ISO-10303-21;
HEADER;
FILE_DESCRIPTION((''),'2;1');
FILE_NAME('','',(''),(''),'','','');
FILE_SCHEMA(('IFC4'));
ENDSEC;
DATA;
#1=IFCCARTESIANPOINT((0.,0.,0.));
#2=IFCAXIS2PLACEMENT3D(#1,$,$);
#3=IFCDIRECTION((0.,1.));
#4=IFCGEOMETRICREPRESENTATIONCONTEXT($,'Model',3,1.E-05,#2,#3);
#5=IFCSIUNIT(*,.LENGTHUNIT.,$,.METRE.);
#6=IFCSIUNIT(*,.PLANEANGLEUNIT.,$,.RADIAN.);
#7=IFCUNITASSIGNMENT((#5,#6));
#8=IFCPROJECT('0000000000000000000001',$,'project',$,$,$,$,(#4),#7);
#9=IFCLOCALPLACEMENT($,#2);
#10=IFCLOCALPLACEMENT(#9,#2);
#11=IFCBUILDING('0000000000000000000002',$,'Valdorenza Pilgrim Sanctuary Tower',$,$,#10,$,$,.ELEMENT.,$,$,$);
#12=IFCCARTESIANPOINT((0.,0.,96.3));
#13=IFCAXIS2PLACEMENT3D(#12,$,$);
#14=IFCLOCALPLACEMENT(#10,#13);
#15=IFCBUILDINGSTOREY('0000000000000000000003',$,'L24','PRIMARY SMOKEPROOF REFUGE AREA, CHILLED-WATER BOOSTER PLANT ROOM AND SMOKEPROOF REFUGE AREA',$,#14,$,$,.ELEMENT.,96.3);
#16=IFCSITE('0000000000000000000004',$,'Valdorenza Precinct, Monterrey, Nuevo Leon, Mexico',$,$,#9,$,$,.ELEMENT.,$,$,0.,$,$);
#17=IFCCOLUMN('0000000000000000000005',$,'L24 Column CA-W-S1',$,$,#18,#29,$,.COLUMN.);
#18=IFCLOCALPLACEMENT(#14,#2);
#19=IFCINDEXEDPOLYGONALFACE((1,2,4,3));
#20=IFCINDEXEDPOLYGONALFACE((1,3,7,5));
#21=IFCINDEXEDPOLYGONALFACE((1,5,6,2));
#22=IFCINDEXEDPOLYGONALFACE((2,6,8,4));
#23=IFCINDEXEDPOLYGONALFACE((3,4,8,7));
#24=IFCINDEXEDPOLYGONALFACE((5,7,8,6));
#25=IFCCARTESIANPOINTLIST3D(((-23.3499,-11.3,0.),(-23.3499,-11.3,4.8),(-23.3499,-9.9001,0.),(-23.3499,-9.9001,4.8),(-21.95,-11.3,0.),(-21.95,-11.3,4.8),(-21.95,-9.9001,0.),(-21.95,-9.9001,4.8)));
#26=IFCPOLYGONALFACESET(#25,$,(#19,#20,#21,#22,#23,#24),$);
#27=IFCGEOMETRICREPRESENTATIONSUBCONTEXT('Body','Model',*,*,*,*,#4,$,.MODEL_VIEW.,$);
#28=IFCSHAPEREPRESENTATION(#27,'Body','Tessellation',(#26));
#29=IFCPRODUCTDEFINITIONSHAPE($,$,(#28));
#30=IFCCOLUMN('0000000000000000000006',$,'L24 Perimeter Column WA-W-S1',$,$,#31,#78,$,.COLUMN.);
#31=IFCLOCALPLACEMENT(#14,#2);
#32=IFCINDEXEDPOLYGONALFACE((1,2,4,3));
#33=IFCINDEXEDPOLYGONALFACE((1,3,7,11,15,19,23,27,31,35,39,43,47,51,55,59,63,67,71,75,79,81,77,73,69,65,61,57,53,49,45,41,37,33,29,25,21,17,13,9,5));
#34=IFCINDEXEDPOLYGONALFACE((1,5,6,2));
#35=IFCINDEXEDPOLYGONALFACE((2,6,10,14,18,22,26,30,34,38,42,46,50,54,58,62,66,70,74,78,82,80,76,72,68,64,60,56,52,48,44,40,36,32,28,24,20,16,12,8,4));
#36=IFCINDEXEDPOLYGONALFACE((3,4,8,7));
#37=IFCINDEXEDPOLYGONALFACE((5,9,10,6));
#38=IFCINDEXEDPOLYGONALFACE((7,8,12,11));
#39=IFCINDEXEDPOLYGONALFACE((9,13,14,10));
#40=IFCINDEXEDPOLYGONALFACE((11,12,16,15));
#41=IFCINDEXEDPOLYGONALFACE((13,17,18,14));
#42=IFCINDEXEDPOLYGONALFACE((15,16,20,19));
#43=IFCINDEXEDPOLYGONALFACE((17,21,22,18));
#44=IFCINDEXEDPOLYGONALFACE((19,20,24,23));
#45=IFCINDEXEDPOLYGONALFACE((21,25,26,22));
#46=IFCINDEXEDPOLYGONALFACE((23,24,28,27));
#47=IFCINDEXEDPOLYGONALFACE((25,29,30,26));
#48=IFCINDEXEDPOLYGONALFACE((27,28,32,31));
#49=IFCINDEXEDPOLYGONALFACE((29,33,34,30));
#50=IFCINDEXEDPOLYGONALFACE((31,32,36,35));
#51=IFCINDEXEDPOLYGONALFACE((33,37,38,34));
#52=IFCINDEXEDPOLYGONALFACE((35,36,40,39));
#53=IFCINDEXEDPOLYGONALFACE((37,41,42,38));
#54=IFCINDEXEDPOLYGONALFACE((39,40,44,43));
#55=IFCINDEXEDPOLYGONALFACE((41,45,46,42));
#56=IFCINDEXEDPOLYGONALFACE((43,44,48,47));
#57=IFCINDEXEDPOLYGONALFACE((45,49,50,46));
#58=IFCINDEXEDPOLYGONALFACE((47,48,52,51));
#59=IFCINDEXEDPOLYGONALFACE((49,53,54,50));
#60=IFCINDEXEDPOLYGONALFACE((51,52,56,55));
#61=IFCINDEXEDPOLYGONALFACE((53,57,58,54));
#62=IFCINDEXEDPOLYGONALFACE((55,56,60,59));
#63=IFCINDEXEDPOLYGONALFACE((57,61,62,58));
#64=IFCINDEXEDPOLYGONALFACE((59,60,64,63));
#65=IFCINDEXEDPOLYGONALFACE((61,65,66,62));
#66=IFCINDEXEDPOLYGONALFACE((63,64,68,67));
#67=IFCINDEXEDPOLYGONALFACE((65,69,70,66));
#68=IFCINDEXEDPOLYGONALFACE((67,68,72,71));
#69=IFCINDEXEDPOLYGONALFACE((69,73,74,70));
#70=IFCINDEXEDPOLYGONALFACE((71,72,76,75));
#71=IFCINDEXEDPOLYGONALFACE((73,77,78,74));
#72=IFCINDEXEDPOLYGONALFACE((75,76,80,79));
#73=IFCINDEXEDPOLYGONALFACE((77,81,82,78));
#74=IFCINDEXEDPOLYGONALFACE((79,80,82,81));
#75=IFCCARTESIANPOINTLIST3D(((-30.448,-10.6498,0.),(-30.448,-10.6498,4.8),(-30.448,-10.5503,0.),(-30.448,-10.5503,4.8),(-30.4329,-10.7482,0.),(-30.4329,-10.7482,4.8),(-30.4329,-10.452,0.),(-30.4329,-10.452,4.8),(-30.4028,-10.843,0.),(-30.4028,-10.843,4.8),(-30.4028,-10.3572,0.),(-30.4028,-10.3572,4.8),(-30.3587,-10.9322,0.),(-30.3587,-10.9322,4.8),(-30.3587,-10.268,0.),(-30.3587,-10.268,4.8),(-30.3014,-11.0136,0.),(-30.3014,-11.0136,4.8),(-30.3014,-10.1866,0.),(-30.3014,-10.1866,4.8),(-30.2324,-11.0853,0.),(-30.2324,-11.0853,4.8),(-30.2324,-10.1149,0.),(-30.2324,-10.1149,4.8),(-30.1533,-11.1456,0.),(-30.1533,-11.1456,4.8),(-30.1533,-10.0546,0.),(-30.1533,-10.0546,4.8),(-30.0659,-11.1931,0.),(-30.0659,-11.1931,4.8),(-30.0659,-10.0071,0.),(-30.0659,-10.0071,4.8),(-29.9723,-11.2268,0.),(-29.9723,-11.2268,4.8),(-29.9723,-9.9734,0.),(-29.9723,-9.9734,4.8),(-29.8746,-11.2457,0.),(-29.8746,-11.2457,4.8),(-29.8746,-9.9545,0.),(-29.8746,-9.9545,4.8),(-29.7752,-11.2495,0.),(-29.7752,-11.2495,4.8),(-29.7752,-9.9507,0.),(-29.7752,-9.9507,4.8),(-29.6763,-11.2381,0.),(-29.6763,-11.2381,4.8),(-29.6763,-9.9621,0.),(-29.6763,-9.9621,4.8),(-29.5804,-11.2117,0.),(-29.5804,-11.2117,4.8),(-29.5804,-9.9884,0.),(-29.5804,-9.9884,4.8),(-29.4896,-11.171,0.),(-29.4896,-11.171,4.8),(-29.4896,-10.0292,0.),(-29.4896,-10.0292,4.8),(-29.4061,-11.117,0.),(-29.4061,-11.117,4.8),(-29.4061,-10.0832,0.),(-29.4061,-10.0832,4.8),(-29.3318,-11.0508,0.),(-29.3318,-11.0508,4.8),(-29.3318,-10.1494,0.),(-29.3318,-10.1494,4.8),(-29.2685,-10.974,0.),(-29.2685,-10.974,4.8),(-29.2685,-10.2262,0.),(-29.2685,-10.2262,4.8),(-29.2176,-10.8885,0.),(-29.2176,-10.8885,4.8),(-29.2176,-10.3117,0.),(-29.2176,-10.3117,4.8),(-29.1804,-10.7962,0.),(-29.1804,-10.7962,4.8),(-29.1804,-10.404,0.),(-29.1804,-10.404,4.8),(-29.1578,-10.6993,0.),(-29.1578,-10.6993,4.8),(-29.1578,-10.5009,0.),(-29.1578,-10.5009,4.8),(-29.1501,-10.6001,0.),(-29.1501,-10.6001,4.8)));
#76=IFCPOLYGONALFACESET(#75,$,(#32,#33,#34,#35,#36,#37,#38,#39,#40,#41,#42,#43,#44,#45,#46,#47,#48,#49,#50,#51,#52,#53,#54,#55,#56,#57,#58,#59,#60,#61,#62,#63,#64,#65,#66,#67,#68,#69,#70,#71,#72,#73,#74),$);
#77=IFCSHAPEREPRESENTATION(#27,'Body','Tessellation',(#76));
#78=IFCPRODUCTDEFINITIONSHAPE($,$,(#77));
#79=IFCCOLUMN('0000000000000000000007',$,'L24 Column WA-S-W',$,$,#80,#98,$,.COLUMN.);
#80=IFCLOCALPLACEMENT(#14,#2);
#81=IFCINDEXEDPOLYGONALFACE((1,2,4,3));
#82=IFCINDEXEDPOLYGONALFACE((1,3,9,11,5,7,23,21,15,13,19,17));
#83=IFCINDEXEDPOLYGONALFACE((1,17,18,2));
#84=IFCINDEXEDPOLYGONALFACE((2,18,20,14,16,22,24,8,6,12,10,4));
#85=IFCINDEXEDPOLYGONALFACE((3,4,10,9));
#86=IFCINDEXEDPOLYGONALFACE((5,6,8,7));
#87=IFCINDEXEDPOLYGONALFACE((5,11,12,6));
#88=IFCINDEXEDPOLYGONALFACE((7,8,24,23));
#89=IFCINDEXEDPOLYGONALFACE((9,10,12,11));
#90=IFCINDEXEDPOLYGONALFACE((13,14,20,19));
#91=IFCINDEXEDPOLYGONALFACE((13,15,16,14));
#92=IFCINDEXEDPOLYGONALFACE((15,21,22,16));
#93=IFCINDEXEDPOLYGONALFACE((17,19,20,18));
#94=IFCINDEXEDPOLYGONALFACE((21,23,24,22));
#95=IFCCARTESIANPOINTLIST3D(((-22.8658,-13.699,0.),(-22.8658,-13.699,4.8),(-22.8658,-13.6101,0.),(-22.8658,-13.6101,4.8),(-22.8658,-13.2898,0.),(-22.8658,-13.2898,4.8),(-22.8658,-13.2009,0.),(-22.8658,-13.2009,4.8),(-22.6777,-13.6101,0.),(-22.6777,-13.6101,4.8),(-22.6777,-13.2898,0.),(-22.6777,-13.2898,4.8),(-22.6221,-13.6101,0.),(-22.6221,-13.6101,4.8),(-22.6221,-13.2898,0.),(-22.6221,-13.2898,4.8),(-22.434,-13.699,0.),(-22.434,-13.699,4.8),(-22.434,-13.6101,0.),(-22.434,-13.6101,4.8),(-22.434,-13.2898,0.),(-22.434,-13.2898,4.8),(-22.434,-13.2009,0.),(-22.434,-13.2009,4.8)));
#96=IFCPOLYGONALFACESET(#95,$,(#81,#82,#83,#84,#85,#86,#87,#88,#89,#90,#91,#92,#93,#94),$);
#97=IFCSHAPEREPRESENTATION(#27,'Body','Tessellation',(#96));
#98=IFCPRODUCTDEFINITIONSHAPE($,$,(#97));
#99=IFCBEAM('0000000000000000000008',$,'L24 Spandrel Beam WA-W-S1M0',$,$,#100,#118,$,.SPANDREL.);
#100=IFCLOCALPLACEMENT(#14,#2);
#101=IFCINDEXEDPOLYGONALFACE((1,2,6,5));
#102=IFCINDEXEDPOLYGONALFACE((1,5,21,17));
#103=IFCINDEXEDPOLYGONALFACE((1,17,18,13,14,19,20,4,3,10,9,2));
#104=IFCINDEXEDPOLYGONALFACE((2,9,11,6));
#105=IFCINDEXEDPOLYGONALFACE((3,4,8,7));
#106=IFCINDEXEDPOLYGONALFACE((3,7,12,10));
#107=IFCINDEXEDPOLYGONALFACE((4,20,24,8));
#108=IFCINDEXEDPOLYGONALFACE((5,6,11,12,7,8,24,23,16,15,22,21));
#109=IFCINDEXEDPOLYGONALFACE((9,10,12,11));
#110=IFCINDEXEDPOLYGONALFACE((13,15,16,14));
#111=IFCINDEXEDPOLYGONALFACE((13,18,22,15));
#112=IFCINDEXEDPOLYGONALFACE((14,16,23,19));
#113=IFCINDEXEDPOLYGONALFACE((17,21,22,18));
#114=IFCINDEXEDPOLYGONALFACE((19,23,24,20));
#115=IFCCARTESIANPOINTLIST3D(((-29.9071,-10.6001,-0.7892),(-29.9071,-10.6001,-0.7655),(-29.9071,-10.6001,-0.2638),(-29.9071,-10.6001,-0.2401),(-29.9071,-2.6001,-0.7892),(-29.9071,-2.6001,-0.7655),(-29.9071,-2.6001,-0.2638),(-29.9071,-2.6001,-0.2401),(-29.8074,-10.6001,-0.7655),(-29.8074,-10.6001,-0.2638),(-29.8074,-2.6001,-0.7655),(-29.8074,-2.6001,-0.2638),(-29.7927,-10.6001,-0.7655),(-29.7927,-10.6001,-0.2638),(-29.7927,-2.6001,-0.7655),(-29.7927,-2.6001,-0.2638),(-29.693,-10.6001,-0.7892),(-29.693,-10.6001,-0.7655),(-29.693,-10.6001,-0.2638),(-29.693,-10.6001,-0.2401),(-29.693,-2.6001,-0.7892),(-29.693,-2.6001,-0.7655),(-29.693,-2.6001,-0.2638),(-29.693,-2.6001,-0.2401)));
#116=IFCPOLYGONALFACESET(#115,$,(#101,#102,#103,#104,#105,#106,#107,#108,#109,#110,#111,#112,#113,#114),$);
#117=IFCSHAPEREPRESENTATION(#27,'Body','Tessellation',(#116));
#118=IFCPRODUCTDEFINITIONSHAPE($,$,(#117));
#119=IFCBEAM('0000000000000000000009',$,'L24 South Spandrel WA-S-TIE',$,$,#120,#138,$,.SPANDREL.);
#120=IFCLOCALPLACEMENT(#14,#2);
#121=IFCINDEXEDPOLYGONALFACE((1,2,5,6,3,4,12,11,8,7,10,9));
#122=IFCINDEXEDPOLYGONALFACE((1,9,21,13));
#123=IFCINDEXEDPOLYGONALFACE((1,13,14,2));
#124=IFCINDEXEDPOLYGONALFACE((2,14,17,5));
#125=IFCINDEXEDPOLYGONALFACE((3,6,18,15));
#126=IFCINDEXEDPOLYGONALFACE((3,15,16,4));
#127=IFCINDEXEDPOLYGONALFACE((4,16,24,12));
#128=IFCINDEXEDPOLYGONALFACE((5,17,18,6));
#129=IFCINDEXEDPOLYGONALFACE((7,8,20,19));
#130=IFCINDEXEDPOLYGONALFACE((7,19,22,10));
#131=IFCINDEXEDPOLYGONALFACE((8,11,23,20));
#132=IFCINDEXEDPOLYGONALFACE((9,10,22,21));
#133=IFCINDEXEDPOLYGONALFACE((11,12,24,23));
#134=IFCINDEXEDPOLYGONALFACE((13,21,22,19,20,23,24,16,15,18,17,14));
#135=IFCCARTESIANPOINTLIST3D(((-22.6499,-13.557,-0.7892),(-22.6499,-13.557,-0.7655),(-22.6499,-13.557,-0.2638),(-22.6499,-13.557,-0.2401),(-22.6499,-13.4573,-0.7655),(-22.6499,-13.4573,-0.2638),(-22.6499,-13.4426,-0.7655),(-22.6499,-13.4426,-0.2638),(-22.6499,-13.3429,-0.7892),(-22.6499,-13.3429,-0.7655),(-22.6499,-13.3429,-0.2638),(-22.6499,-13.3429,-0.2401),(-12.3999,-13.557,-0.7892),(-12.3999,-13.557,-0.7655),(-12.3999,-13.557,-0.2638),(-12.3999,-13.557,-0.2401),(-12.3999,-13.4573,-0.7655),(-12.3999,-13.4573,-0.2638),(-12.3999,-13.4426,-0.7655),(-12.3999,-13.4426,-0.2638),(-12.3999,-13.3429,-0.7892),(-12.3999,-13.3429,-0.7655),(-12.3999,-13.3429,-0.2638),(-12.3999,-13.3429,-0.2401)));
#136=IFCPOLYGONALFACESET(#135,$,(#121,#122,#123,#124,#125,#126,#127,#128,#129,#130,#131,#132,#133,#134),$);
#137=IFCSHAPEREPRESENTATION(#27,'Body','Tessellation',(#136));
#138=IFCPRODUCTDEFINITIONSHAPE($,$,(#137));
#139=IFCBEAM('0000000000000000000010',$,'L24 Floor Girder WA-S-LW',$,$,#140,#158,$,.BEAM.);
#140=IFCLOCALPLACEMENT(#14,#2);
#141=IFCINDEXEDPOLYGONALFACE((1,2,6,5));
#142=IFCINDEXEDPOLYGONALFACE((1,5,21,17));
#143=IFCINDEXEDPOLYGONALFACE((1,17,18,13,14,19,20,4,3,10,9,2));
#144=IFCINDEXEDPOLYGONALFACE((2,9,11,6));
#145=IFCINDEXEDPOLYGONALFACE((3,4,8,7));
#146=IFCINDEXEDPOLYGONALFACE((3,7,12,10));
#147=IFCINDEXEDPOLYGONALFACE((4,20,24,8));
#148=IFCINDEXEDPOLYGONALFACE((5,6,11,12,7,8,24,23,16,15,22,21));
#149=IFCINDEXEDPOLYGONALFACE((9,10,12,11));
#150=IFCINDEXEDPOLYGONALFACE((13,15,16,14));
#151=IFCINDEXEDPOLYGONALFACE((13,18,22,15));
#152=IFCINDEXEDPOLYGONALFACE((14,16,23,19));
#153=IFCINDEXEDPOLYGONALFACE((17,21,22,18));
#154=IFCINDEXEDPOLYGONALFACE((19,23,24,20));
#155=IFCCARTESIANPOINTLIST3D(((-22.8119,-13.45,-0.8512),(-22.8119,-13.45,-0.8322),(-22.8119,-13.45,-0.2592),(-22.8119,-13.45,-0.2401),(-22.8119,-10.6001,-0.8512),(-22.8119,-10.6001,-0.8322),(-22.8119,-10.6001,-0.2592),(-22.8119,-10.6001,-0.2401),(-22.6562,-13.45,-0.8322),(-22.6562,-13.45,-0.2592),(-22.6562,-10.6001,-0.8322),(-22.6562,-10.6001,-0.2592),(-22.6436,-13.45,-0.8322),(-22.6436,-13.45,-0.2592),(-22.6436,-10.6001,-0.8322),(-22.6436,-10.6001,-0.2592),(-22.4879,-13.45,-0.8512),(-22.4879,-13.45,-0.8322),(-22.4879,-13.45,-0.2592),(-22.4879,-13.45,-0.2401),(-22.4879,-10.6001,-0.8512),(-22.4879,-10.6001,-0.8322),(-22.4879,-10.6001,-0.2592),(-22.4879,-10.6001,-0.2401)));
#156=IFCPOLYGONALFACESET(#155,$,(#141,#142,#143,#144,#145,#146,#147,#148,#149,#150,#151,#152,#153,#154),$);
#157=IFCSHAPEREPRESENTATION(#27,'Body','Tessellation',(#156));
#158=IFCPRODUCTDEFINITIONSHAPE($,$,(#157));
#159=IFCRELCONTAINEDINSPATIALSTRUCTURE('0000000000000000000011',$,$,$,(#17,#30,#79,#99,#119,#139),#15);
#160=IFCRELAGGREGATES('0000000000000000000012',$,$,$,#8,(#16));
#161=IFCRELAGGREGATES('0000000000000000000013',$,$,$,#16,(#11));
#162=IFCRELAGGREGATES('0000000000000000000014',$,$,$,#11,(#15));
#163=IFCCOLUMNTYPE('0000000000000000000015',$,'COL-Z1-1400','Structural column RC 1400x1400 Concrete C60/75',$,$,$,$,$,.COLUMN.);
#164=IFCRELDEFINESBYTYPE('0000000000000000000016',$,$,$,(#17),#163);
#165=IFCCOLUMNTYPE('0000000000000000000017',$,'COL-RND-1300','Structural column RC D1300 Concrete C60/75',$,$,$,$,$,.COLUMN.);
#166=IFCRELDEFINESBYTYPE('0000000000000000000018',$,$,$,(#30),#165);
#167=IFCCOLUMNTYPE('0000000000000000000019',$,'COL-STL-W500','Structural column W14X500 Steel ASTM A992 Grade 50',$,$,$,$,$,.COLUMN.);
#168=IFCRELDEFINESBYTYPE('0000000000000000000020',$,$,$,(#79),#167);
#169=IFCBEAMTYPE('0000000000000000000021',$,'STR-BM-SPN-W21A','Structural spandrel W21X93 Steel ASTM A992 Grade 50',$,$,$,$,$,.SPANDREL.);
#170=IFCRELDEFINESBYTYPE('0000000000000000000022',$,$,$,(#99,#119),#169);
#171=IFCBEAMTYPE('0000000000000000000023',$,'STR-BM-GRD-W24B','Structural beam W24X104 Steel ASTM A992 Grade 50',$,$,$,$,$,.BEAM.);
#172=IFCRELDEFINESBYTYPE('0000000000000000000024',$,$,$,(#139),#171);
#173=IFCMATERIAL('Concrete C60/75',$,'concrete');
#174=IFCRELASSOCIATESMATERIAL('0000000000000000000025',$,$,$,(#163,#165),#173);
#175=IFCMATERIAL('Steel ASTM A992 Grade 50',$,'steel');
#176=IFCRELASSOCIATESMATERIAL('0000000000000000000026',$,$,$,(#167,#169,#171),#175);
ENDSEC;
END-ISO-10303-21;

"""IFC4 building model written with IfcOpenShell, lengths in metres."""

from ifc_helpers import new_model, si_unit, direction, frame, origin, origin_2d, place, context, subcontext, project, spatial, rectangle, circle, i_section, extrude, source, transform, mapped, material, material_profile, profile_set, type_object, element, save


model = new_model("IFC4")

# Units and contexts
model_context = context("Model", 3, precision=1e-05, world=origin(), true_north=direction((0.0, 1.0)))
body_context = subcontext(model_context, "Body", "Model", "MODEL_VIEW")
ifc_project = project(units=[si_unit("LENGTHUNIT", "METRE"), si_unit("PLANEANGLEUNIT", "RADIAN")], contexts=[model_context])

# Site, building, storey
site_placement = place(None, origin())
site = spatial("IfcSite", under=ifc_project, at=site_placement, Name="Valdorenza Precinct, Monterrey, Nuevo Leon, Mexico", CompositionType="ELEMENT", RefElevation=0.0)
building_placement = place(site_placement, origin())
building = spatial("IfcBuilding", under=site, at=building_placement, Name="Valdorenza Pilgrim Sanctuary Tower", CompositionType="ELEMENT")
storey_placement = place(building_placement, frame((0.0, 0.0, 96.3)))
storey = spatial("IfcBuildingStorey", under=building, at=storey_placement, Name="L24", Description="PRIMARY SMOKEPROOF REFUGE AREA, CHILLED-WATER BOOSTER PLANT ROOM AND SMOKEPROOF REFUGE AREA", CompositionType="ELEMENT", Elevation=96.3)

# Columns
ifc_material_1 = material(Name="Concrete C60/75", Category="concrete")
ifc_material_profile_1 = material_profile(ifc_material_1, rectangle(XDim=1.3999, YDim=1.3999, at=origin_2d()), Name="RC 1400x1400")
ifc_profile_set_1 = profile_set([ifc_material_profile_1], Name="Concrete C60/75")
column_type_1 = type_object("IfcColumnType", Name="COL-Z1-1400", Description="Structural column RC 1400x1400 Concrete C60/75", PredefinedType="COLUMN", material=ifc_profile_set_1)
shared_shape_1 = source(origin(), body_context, "Body", "SweptSolid", [
    extrude(rectangle(XDim=1.3999, YDim=1.3999, at=origin_2d()), origin(), (0.0, 0.0, 1.0), 4.8),
])
column_1_placement = place(storey_placement, frame((-22.6499, -10.6001, 0.0), z_axis=(0.0, 0.0, 1.0), x_axis=(1.0, 0.0, 0.0)))
element("IfcColumn", 1, at=column_1_placement, inside=storey, type_object=column_type_1, Name="L24 Column CA-W-S1", PredefinedType="COLUMN", context=body_context, shape_type="MappedRepresentation", body=[
    mapped(shared_shape_1, transform((0.0, 0.0, 0.0), x_axis=(1.0, 0.0, 0.0), y_axis=(0.0, 1.0, 0.0), z_axis=(0.0, 0.0, 1.0), scale=1.0)),
])
ifc_material_profile_2 = material_profile(ifc_material_1, circle(Radius=0.6499, at=origin_2d()), Name="RC D1300")
ifc_profile_set_2 = profile_set([ifc_material_profile_2], Name="Concrete C60/75")
column_type_2 = type_object("IfcColumnType", Name="COL-RND-1300", Description="Structural column RC D1300 Concrete C60/75", PredefinedType="COLUMN", material=ifc_profile_set_2)
shared_shape_2 = source(origin(), body_context, "Body", "SweptSolid", [
    extrude(circle(Radius=0.6499, at=origin_2d()), origin(), (0.0, 0.0, 1.0), 4.8),
])
column_2_placement = place(storey_placement, frame((-29.8, -10.6001, 0.0), z_axis=(0.0, 0.0, 1.0), x_axis=(1.0, 0.0, 0.0)))
element("IfcColumn", 2, at=column_2_placement, inside=storey, type_object=column_type_2, Name="L24 Perimeter Column WA-W-S1", PredefinedType="COLUMN", context=body_context, shape_type="MappedRepresentation", body=[
    mapped(shared_shape_2, transform((0.0, 0.0, 0.0), x_axis=(1.0, 0.0, 0.0), y_axis=(0.0, 1.0, 0.0), z_axis=(0.0, 0.0, 1.0), scale=1.0)),
])
ifc_material_2 = material(Name="Steel ASTM A992 Grade 50", Category="steel")
ifc_material_profile_3 = material_profile(ifc_material_2, i_section(OverallWidth=0.4319, OverallDepth=0.498, WebThickness=0.0557, FlangeThickness=0.0889, at=origin_2d()), Name="W14X500")
ifc_profile_set_3 = profile_set([ifc_material_profile_3], Name="Steel ASTM A992 Grade 50")
column_type_3 = type_object("IfcColumnType", Name="COL-STL-W500", Description="Structural column W14X500 Steel ASTM A992 Grade 50", PredefinedType="COLUMN", material=ifc_profile_set_3)
shared_shape_3 = source(origin(), body_context, "Body", "SweptSolid", [
    extrude(i_section(OverallWidth=0.4319, OverallDepth=0.498, WebThickness=0.0557, FlangeThickness=0.0889, at=origin_2d()), origin(), (0.0, 0.0, 1.0), 4.8),
])
column_3_placement = place(storey_placement, frame((-22.6499, -13.45, 0.0), z_axis=(0.0, 0.0, 1.0), x_axis=(1.0, 0.0, 0.0)))
element("IfcColumn", 3, at=column_3_placement, inside=storey, type_object=column_type_3, Name="L24 Column WA-S-W", PredefinedType="COLUMN", context=body_context, shape_type="MappedRepresentation", body=[
    mapped(shared_shape_3, transform((0.0, 0.0, 0.0), x_axis=(1.0, 0.0, 0.0), y_axis=(0.0, 1.0, 0.0), z_axis=(0.0, 0.0, 1.0), scale=1.0)),
])

# Beams
ifc_material_profile_4 = material_profile(ifc_material_2, i_section(OverallWidth=0.2141, OverallDepth=0.5491, WebThickness=0.0146, FlangeThickness=0.0237, at=origin_2d()), Name="W21X93")
ifc_profile_set_4 = profile_set([ifc_material_profile_4], Name="Steel ASTM A992 Grade 50")
beam_type_1 = type_object("IfcBeamType", Name="STR-BM-SPN-W21A", Description="Structural spandrel W21X93 Steel ASTM A992 Grade 50", PredefinedType="SPANDREL", material=ifc_profile_set_4)
shared_shape_4 = source(origin(), body_context, "Body", "SweptSolid", [
    extrude(i_section(OverallWidth=0.2141, OverallDepth=0.5491, WebThickness=0.0146, FlangeThickness=0.0237, at=origin_2d()), origin(), (0.0, 0.0, 1.0), 8.0),
])
beam_1_placement = place(storey_placement, frame((-29.8, -10.6001, -0.5146), z_axis=(0.0, 1.0, 0.0), x_axis=(-1.0, 0.0, 0.0)))
element("IfcBeam", 4, at=beam_1_placement, inside=storey, type_object=beam_type_1, Name="L24 Spandrel Beam WA-W-S1M0", PredefinedType="SPANDREL", context=body_context, shape_type="MappedRepresentation", body=[
    mapped(shared_shape_4, transform((0.0, 0.0, 0.0), x_axis=(1.0, 0.0, 0.0), y_axis=(0.0, 1.0, 0.0), z_axis=(0.0, 0.0, 1.0), scale=1.0)),
])
shared_shape_5 = source(origin(), body_context, "Body", "SweptSolid", [
    extrude(i_section(OverallWidth=0.2141, OverallDepth=0.5491, WebThickness=0.0146, FlangeThickness=0.0237, at=origin_2d()), origin(), (0.0, 0.0, 1.0), 10.25),
])
beam_2_placement = place(storey_placement, frame((-22.6499, -13.45, -0.5146), z_axis=(1.0, 0.0, 0.0), x_axis=(0.0, 1.0, 0.0)))
element("IfcBeam", 5, at=beam_2_placement, inside=storey, type_object=beam_type_1, Name="L24 South Spandrel WA-S-TIE", PredefinedType="SPANDREL", context=body_context, shape_type="MappedRepresentation", body=[
    mapped(shared_shape_5, transform((0.0, 0.0, 0.0), x_axis=(1.0, 0.0, 0.0), y_axis=(0.0, 1.0, 0.0), z_axis=(0.0, 0.0, 1.0), scale=1.0)),
])
ifc_material_profile_5 = material_profile(ifc_material_2, i_section(OverallWidth=0.324, OverallDepth=0.6111, WebThickness=0.0127, FlangeThickness=0.019, at=origin_2d()), Name="W24X104")
ifc_profile_set_5 = profile_set([ifc_material_profile_5], Name="Steel ASTM A992 Grade 50")
beam_type_2 = type_object("IfcBeamType", Name="STR-BM-GRD-W24B", Description="Structural beam W24X104 Steel ASTM A992 Grade 50", PredefinedType="BEAM", material=ifc_profile_set_5)
shared_shape_6 = source(origin(), body_context, "Body", "SweptSolid", [
    extrude(i_section(OverallWidth=0.324, OverallDepth=0.6111, WebThickness=0.0127, FlangeThickness=0.019, at=origin_2d()), origin(), (0.0, 0.0, 1.0), 2.8499),
])
beam_3_placement = place(storey_placement, frame((-22.6499, -13.45, -0.5457), z_axis=(0.0, 1.0, 0.0), x_axis=(-1.0, 0.0, 0.0)))
element("IfcBeam", 6, at=beam_3_placement, inside=storey, type_object=beam_type_2, Name="L24 Floor Girder WA-S-LW", PredefinedType="BEAM", context=body_context, shape_type="MappedRepresentation", body=[
    mapped(shared_shape_6, transform((0.0, 0.0, 0.0), x_axis=(1.0, 0.0, 0.0), y_axis=(0.0, 1.0, 0.0), z_axis=(0.0, 0.0, 1.0), scale=1.0)),
])

save(model, "model.ifc")
